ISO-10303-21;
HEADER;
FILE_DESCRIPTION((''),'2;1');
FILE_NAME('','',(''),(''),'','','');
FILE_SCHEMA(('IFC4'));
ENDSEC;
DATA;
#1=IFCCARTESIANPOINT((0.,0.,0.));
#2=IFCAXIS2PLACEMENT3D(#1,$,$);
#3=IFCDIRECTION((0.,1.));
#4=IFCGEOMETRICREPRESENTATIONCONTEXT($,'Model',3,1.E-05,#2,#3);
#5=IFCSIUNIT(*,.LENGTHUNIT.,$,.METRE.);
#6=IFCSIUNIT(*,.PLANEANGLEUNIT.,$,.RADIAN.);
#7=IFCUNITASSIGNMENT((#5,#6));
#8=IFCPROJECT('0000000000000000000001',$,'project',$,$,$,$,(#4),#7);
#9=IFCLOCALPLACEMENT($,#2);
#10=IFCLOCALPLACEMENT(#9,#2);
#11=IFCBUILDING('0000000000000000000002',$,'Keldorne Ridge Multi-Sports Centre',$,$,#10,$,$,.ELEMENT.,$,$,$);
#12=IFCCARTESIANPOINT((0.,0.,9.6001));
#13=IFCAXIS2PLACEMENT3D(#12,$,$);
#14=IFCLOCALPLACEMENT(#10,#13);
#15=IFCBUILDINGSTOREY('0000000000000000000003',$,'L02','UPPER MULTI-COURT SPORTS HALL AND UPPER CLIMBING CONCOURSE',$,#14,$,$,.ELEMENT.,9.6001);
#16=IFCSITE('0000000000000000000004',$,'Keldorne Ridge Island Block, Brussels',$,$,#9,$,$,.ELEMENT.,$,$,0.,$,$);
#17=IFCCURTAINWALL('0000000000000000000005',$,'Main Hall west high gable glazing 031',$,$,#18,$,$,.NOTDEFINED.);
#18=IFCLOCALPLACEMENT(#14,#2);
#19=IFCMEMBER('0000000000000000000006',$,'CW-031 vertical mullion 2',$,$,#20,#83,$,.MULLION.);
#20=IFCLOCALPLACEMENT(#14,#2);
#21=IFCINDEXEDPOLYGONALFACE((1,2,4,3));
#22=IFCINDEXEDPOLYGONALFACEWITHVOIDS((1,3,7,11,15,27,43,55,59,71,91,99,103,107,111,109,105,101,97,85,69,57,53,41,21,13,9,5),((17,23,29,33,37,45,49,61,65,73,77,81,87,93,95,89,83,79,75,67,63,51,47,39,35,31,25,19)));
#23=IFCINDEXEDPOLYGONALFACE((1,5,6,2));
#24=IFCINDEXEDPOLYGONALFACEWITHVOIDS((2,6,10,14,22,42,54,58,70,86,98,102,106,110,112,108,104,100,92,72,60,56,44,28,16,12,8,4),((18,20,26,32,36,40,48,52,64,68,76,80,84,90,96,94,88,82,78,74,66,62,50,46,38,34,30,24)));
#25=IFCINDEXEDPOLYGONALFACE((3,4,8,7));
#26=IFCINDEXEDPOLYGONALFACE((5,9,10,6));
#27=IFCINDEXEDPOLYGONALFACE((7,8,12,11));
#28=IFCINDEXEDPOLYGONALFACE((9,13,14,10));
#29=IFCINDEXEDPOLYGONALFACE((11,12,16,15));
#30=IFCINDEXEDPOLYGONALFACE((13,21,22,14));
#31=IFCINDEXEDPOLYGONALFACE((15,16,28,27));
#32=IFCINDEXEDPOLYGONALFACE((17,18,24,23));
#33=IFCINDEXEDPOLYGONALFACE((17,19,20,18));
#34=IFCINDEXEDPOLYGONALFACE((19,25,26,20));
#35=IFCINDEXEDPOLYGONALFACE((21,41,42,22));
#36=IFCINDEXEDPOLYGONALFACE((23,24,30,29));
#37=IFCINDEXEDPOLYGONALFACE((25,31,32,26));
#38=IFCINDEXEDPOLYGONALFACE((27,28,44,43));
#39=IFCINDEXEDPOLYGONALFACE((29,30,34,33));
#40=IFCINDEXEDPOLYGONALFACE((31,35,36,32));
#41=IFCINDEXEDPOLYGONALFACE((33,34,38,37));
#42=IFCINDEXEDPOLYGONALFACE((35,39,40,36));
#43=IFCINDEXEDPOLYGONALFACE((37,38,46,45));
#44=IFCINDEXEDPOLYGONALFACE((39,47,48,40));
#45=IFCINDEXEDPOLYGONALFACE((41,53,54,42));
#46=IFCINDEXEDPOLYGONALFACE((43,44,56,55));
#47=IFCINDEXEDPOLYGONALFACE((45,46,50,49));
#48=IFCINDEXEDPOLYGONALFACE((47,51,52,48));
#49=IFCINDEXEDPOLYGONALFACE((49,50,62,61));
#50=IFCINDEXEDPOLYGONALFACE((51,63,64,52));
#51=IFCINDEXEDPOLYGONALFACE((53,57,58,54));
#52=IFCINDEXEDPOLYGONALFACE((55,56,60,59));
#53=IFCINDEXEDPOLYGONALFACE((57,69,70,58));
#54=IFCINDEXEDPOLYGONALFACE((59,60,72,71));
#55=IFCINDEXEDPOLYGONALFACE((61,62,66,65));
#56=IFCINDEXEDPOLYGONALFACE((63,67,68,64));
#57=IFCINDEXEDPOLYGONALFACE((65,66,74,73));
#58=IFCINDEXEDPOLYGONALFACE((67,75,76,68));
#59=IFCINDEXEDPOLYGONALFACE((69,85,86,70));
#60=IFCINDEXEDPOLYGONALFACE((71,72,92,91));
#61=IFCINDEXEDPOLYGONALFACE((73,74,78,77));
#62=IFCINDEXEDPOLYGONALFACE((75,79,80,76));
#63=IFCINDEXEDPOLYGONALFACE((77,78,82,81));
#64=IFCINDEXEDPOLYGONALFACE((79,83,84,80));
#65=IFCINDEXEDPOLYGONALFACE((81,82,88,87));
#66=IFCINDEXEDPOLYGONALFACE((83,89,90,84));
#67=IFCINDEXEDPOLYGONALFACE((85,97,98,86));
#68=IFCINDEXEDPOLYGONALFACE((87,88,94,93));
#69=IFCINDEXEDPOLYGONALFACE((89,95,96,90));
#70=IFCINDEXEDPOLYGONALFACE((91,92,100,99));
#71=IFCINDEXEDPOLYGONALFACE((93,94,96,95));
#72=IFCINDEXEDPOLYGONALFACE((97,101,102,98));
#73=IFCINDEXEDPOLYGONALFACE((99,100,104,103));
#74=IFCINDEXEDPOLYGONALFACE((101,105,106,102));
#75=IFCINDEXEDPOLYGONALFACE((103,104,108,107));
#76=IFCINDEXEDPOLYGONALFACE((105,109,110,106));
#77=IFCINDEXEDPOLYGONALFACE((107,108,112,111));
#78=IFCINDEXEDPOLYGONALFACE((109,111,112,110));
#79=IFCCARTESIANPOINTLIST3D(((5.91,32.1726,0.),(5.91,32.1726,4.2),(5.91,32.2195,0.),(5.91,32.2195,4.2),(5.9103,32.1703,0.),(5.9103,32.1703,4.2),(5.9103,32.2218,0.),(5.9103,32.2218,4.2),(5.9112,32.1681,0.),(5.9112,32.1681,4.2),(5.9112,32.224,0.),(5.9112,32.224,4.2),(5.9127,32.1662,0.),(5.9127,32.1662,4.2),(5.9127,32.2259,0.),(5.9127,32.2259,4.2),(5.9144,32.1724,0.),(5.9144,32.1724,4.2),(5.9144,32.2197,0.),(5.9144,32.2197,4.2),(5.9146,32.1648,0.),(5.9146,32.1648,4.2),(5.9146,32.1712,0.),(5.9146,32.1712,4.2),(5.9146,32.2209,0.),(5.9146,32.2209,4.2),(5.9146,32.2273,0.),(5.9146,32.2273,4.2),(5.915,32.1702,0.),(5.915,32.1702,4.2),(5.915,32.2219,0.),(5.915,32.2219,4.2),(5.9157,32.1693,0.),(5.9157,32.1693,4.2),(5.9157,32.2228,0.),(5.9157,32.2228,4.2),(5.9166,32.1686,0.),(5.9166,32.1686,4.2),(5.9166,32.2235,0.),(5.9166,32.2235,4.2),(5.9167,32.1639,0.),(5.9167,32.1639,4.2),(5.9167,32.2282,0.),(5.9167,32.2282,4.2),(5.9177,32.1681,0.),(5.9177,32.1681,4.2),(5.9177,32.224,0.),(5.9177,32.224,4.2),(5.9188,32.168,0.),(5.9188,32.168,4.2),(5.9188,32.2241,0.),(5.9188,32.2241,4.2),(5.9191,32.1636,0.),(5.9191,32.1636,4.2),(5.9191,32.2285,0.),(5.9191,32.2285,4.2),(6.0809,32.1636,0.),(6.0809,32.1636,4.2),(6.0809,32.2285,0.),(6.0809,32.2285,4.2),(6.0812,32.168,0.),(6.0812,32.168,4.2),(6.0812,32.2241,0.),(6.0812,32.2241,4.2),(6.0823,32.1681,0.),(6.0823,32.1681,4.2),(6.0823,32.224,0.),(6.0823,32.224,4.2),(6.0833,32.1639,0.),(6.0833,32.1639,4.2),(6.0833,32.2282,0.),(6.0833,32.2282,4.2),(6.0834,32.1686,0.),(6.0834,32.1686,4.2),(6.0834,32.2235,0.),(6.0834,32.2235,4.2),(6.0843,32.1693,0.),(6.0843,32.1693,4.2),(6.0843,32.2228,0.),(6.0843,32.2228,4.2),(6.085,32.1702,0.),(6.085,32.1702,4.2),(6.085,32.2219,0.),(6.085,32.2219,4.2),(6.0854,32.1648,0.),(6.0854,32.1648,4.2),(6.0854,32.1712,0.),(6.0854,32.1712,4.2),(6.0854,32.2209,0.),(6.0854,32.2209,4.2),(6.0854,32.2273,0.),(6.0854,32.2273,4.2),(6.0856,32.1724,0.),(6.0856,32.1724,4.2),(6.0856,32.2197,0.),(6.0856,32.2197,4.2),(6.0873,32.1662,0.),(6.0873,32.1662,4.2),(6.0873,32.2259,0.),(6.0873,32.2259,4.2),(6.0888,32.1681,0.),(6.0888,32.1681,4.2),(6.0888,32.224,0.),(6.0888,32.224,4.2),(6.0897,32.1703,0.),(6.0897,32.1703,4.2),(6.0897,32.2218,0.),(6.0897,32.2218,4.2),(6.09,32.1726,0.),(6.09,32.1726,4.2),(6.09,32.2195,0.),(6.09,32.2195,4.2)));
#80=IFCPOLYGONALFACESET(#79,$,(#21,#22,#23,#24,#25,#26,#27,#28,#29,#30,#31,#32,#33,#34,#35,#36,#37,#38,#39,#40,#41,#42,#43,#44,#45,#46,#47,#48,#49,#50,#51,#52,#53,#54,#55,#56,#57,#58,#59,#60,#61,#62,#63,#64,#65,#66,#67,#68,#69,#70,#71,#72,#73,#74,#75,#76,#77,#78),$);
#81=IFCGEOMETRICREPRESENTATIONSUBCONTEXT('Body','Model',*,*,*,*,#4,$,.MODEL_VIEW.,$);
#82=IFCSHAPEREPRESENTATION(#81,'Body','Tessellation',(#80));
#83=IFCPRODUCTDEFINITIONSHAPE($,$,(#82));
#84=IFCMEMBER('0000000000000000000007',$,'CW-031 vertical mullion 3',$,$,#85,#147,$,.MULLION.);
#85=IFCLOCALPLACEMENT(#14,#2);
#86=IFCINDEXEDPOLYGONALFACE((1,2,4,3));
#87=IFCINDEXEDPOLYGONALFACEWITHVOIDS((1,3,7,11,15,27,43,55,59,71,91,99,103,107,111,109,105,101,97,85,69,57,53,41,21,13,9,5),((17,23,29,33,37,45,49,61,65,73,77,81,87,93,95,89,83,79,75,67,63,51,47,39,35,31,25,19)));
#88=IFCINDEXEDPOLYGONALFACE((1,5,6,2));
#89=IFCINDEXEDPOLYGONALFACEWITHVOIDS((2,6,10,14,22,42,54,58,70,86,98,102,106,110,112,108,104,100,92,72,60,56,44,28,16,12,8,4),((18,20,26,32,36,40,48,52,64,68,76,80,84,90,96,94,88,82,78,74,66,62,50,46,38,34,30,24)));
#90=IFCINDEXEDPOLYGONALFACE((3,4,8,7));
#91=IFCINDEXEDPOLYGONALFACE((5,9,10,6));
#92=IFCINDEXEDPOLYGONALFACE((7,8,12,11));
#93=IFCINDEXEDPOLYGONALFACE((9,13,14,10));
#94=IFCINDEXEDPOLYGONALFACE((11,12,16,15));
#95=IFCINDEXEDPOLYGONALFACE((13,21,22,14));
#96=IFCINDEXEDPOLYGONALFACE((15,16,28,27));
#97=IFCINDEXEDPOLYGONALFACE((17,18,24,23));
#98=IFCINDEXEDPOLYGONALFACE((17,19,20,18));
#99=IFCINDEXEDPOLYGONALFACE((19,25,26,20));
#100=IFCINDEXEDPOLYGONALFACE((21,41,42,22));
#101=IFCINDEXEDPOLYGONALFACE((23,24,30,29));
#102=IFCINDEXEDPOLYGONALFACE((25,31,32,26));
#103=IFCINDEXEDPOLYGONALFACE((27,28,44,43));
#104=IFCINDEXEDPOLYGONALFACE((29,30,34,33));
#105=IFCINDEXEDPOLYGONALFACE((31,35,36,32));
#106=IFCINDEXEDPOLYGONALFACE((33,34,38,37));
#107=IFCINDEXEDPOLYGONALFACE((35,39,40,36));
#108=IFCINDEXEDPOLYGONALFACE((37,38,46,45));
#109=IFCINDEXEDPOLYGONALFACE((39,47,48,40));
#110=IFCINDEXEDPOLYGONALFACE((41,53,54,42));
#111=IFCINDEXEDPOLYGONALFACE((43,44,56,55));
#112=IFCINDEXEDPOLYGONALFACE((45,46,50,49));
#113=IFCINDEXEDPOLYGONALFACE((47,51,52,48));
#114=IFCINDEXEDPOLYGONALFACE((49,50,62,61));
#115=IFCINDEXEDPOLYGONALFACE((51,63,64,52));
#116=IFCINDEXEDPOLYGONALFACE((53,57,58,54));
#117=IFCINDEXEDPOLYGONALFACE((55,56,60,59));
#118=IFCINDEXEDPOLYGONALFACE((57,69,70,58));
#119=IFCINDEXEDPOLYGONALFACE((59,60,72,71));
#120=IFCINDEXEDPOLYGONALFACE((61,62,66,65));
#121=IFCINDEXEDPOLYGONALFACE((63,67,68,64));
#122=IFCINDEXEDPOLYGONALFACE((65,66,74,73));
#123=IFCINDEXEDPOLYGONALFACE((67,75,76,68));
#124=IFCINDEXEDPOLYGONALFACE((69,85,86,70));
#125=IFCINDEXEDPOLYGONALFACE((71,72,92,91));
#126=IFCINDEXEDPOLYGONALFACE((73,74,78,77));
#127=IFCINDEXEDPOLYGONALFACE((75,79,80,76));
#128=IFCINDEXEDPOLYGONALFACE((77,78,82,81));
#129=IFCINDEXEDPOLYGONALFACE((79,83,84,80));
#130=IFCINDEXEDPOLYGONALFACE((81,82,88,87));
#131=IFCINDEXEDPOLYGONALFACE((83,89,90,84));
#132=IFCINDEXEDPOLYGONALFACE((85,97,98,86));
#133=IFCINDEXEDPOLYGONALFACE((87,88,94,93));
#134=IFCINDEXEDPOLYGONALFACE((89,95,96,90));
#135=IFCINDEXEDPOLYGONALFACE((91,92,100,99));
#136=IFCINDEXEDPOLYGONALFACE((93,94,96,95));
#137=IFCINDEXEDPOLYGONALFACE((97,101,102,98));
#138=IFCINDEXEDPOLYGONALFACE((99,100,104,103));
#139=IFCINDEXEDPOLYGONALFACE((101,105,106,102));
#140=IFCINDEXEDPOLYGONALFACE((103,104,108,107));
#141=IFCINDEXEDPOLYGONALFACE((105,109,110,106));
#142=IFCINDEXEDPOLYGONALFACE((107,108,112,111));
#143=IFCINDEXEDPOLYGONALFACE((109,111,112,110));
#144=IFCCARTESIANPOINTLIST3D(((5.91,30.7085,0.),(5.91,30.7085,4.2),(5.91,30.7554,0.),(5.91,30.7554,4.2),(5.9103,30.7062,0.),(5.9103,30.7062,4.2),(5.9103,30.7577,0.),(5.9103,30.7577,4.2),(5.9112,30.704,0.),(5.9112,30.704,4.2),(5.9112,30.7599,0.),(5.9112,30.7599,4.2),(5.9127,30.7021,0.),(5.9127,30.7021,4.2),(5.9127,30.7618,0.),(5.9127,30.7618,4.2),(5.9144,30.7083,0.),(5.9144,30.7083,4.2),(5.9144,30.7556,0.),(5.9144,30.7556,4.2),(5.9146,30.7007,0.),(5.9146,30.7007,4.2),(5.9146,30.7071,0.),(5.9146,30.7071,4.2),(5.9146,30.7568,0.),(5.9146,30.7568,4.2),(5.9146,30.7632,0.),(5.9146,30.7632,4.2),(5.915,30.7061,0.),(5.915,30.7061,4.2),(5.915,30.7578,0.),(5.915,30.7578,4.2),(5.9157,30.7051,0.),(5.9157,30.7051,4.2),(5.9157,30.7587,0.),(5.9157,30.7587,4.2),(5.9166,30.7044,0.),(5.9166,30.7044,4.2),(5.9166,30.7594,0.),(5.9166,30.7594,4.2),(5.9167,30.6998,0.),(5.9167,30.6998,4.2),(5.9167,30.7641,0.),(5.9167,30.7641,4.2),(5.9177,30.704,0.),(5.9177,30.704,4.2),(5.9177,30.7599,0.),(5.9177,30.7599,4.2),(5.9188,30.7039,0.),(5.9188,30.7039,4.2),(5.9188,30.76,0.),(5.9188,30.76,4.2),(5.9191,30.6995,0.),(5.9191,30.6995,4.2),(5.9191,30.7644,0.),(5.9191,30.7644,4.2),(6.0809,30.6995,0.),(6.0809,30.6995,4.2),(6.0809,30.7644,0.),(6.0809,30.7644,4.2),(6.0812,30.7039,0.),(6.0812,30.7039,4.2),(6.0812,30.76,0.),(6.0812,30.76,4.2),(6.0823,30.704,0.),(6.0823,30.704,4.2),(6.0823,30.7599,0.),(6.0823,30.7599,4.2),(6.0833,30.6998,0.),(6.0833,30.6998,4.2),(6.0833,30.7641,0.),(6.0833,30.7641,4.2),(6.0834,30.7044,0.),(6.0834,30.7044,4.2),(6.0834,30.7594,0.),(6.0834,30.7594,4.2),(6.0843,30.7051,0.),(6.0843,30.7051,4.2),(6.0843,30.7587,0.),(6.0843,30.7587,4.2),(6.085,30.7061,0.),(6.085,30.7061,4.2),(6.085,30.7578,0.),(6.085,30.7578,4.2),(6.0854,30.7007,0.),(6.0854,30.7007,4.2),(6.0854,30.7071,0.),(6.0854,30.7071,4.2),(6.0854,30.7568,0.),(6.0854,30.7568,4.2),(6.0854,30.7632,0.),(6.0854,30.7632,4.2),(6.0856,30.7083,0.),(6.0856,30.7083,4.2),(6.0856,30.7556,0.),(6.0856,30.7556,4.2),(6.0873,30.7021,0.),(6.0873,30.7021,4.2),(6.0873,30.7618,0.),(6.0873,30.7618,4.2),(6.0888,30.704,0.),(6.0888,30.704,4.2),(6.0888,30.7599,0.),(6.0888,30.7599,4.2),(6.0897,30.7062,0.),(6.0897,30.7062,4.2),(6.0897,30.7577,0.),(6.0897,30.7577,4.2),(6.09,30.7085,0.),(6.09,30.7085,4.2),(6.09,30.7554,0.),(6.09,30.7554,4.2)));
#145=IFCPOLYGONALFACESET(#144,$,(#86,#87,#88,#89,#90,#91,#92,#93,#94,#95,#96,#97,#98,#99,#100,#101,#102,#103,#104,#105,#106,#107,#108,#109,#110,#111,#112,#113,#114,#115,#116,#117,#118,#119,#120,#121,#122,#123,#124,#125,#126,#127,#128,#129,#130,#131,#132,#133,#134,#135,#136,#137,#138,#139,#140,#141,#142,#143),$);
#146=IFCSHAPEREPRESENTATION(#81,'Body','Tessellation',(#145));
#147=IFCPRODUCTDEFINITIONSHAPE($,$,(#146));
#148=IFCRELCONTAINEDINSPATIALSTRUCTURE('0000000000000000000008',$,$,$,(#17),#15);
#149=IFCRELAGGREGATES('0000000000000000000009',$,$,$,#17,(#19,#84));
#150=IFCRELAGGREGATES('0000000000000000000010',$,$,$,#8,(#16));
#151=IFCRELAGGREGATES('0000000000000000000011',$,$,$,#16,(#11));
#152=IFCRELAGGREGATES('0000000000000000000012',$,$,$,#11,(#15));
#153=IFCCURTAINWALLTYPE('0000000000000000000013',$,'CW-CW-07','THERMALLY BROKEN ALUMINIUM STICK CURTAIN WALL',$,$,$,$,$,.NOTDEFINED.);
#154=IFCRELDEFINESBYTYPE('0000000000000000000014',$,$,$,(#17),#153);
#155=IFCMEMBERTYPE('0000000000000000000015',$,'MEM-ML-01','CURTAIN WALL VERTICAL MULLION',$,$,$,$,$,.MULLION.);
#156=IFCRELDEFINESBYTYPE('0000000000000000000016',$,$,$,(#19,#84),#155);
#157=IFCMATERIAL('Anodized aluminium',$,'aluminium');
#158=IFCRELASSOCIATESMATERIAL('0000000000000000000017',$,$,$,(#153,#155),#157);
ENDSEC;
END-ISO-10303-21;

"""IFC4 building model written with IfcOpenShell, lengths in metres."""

from ifc_helpers import new_model, si_unit, direction, frame, origin, origin_2d, place, context, subcontext, project, spatial, hollow_rectangle, extrude, material, material_profile, profile_set, type_object, element, aggregate, save


model = new_model("IFC4")

# Units and contexts
model_context = context("Model", 3, precision=1e-05, world=origin(), true_north=direction((0.0, 1.0)))
body_context = subcontext(model_context, "Body", "Model", "MODEL_VIEW")
ifc_project = project(units=[si_unit("LENGTHUNIT", "METRE"), si_unit("PLANEANGLEUNIT", "RADIAN")], contexts=[model_context])

# Site, building, storey
site_placement = place(None, origin())
site = spatial("IfcSite", under=ifc_project, at=site_placement, Name="Keldorne Ridge Island Block, Brussels", CompositionType="ELEMENT", RefElevation=0.0)
building_placement = place(site_placement, origin())
building = spatial("IfcBuilding", under=site, at=building_placement, Name="Keldorne Ridge Multi-Sports Centre", CompositionType="ELEMENT")
storey_placement = place(building_placement, frame((0.0, 0.0, 9.6001)))
storey = spatial("IfcBuildingStorey", under=building, at=storey_placement, Name="L02", Description="UPPER MULTI-COURT SPORTS HALL AND UPPER CLIMBING CONCOURSE", CompositionType="ELEMENT", Elevation=9.6001)

# Curtain wall, members
ifc_material_1 = material(Name="Anodized aluminium", Category="aluminium")
curtain_wall_type_1 = type_object("IfcCurtainWallType", Name="CW-CW-07", Description="THERMALLY BROKEN ALUMINIUM STICK CURTAIN WALL", PredefinedType="NOTDEFINED", material=ifc_material_1)
curtain_wall_1_placement = place(storey_placement, origin())
curtain_wall_1 = element("IfcCurtainWall", 1, at=curtain_wall_1_placement, inside=storey, type_object=curtain_wall_type_1, Name="Main Hall west high gable glazing 031", PredefinedType="NOTDEFINED")
ifc_material_profile_1 = material_profile(ifc_material_1, hollow_rectangle(XDim=0.0649, YDim=0.1799, WallThickness=0.0044, InnerFilletRadius=0.0044, OuterFilletRadius=0.009, at=origin_2d()), Name="ALU MULLION 180x65x4.5")
ifc_profile_set_1 = profile_set([ifc_material_profile_1], Name="Anodized aluminium")
member_type_1 = type_object("IfcMemberType", Name="MEM-ML-01", Description="CURTAIN WALL VERTICAL MULLION", PredefinedType="MULLION", material=ifc_profile_set_1)
member_1_placement = place(storey_placement, frame((6.0, 32.196, 0.0), z_axis=(0.0, 0.0, 1.0), x_axis=(0.0, 1.0, 0.0)))
member_1 = element("IfcMember", 2, at=member_1_placement, type_object=member_type_1, Name="CW-031 vertical mullion 2", PredefinedType="MULLION", context=body_context, shape_type="SweptSolid", body=[
    extrude(hollow_rectangle(XDim=0.0649, YDim=0.1799, WallThickness=0.0044, InnerFilletRadius=0.0044, OuterFilletRadius=0.009, at=origin_2d()), origin(), (0.0, 0.0, 1.0), 4.2),
])
member_2_placement = place(storey_placement, frame((6.0, 30.7319, 0.0), z_axis=(0.0, 0.0, 1.0), x_axis=(0.0, 1.0, 0.0)))
member_2 = element("IfcMember", 3, at=member_2_placement, type_object=member_type_1, Name="CW-031 vertical mullion 3", PredefinedType="MULLION", context=body_context, shape_type="SweptSolid", body=[
    extrude(hollow_rectangle(XDim=0.0649, YDim=0.1799, WallThickness=0.0044, InnerFilletRadius=0.0044, OuterFilletRadius=0.009, at=origin_2d()), origin(), (0.0, 0.0, 1.0), 4.2),
])

aggregate(curtain_wall_1, [member_1, member_2])

save(model, "model.ifc")
